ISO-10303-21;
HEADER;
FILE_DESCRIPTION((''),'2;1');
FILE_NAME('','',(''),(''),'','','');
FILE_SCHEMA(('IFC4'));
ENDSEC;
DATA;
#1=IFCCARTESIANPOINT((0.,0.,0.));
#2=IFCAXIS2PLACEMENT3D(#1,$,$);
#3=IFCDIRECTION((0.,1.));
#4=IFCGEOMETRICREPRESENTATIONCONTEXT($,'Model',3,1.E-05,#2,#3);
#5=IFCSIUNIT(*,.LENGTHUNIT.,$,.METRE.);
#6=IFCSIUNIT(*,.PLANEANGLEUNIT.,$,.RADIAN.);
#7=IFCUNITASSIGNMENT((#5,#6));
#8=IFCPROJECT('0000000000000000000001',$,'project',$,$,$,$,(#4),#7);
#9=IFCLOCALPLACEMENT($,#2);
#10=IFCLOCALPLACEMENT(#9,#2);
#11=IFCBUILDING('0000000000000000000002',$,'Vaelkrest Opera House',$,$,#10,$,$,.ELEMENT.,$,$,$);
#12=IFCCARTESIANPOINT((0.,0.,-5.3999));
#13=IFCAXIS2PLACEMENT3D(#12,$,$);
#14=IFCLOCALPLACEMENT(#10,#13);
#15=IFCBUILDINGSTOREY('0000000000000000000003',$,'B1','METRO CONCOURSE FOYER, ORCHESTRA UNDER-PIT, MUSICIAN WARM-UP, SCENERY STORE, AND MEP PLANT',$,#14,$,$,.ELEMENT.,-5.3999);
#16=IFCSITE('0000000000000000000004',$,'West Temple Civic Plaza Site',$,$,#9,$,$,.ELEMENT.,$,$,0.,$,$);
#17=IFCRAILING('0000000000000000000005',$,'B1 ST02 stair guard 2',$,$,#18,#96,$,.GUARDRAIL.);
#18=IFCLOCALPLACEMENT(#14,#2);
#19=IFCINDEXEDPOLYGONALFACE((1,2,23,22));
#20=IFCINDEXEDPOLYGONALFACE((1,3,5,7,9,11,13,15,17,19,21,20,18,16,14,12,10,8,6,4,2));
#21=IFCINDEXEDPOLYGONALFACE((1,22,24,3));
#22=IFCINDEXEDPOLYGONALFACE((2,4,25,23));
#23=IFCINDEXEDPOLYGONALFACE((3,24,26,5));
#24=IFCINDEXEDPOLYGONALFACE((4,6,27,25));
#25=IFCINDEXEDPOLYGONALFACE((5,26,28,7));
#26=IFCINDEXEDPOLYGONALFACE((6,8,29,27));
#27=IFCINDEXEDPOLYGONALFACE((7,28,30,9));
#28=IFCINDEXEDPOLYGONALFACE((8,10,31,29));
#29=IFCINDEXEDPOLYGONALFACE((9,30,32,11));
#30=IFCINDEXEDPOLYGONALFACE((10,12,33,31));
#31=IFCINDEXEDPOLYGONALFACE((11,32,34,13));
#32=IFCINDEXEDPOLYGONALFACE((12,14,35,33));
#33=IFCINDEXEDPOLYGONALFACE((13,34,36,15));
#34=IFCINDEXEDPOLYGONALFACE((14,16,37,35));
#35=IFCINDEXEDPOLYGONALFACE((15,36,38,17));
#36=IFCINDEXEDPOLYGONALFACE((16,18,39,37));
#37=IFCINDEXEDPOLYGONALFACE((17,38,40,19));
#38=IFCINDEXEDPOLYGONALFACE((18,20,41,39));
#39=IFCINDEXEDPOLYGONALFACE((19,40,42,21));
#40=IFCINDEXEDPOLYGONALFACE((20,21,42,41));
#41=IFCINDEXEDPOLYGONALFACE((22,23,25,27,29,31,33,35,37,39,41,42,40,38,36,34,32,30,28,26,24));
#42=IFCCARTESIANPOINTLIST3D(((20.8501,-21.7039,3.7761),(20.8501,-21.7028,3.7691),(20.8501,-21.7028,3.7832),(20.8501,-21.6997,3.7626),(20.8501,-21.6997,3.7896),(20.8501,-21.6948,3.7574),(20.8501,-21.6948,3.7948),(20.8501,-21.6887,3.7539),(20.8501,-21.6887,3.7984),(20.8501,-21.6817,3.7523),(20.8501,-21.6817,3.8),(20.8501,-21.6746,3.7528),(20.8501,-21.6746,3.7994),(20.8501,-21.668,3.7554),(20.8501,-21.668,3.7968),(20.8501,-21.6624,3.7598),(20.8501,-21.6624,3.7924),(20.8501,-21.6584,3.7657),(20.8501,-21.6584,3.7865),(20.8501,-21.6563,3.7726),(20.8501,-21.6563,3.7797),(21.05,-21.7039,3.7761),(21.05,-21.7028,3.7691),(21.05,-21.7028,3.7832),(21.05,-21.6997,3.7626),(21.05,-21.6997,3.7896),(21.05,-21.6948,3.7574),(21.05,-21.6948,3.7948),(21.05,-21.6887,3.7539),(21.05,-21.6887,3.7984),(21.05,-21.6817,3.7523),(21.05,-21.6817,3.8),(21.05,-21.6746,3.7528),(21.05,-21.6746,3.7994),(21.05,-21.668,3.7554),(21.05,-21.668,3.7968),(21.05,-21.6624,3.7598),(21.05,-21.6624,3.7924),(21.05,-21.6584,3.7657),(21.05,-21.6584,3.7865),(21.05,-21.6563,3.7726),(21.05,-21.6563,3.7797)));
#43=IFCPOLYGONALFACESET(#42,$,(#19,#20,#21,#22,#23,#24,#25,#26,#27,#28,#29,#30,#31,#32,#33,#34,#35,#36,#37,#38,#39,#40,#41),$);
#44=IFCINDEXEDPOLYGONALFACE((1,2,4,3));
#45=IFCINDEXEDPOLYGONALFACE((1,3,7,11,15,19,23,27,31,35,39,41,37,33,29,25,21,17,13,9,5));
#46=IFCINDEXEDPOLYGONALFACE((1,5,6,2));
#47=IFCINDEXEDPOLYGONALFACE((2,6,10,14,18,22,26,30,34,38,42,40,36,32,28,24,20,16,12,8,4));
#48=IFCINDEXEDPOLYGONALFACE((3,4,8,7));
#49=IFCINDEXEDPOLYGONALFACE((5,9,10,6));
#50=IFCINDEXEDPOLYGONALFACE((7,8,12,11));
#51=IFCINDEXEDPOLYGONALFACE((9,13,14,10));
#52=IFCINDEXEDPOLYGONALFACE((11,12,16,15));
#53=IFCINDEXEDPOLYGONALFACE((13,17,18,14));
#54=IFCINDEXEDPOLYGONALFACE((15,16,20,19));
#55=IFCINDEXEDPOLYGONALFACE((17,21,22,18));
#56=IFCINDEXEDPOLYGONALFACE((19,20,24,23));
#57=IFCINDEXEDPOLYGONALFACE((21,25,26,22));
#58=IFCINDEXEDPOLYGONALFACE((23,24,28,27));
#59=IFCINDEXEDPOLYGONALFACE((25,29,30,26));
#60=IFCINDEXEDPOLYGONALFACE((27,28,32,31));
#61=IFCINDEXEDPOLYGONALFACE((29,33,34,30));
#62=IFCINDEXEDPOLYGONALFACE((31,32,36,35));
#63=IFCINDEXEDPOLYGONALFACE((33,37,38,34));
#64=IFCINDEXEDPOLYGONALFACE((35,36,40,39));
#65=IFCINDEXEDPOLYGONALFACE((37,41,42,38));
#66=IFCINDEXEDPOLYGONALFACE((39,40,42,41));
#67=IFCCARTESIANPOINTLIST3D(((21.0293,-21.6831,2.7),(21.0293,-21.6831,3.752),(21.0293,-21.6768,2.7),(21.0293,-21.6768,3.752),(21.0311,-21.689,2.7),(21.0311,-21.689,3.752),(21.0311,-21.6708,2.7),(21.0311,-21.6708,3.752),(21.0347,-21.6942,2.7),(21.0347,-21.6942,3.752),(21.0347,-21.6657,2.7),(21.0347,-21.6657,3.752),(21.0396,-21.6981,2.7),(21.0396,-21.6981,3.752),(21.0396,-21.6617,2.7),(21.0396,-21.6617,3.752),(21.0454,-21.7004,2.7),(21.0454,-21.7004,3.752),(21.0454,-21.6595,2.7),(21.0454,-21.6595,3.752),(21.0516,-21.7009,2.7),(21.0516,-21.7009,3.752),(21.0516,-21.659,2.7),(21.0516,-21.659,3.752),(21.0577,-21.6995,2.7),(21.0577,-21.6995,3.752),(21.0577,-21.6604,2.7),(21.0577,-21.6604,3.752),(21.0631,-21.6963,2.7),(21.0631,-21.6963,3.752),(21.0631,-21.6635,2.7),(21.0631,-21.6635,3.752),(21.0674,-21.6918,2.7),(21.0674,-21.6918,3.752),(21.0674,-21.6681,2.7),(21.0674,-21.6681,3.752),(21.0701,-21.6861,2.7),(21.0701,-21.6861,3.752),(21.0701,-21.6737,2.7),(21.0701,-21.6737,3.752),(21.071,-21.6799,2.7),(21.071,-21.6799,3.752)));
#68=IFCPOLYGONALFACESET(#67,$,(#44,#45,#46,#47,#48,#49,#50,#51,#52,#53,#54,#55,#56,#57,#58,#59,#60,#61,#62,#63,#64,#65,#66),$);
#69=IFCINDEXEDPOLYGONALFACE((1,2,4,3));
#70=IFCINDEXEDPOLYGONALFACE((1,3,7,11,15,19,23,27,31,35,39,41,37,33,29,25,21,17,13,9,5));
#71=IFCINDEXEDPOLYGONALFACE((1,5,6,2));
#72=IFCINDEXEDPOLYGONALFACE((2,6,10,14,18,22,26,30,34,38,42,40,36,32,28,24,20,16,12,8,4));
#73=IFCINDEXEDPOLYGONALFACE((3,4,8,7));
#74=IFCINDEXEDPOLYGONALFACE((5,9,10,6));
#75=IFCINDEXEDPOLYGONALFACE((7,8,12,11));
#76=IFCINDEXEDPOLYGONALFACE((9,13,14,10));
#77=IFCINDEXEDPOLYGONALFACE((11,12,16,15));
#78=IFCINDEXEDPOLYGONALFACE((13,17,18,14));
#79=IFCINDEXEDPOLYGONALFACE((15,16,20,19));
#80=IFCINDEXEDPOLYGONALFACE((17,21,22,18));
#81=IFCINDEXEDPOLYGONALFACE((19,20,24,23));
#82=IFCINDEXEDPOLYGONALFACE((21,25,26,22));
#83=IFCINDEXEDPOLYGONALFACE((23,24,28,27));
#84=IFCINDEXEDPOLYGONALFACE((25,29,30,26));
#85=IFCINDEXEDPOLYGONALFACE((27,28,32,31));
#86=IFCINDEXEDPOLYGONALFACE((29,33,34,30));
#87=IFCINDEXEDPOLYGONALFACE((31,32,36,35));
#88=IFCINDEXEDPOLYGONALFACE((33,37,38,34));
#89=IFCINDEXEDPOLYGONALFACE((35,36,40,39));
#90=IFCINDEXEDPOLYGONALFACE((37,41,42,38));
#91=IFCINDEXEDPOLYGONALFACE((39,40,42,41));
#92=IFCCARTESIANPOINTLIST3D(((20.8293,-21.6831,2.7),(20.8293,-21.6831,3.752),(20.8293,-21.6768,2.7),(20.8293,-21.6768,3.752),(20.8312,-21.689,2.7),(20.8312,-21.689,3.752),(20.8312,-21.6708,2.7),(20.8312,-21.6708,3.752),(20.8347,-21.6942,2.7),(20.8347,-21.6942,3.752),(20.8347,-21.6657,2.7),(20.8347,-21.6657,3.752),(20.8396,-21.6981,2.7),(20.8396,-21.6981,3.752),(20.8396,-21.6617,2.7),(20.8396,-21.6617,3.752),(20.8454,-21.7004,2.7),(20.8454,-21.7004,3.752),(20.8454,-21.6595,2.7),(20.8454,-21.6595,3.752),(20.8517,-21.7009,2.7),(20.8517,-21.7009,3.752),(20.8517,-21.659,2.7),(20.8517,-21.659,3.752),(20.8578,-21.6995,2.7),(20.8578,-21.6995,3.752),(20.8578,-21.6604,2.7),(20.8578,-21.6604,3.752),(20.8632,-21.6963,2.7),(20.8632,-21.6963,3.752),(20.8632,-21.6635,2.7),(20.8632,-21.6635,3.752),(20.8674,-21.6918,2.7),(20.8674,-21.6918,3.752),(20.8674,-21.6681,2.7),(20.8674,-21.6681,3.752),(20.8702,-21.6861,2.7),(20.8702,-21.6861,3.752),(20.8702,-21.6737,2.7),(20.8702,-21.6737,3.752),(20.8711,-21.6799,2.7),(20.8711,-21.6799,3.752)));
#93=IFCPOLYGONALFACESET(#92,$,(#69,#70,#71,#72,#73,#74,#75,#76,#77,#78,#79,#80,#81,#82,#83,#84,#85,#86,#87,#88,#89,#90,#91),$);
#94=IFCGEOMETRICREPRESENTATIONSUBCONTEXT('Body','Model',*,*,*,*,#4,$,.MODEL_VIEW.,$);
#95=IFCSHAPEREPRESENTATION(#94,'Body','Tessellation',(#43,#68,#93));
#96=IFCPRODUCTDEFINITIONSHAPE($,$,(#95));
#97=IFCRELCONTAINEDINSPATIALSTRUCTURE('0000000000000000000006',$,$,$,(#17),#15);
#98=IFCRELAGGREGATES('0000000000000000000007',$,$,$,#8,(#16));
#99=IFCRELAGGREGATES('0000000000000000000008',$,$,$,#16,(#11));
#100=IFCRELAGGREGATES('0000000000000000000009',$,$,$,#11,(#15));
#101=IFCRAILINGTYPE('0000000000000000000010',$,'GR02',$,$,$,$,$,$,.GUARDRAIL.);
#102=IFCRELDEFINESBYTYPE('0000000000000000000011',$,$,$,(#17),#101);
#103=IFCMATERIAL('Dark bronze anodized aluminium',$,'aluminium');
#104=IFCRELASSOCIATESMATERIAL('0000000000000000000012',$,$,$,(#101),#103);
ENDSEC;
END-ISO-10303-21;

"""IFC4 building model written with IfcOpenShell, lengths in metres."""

from ifc_helpers import new_model, si_unit, direction, frame, origin, origin_2d, place, context, subcontext, project, spatial, circle, extrude, material, type_object, element, save


model = new_model("IFC4")

# Units and contexts
model_context = context("Model", 3, precision=1e-05, world=origin(), true_north=direction((0.0, 1.0)))
body_context = subcontext(model_context, "Body", "Model", "MODEL_VIEW")
ifc_project = project(units=[si_unit("LENGTHUNIT", "METRE"), si_unit("PLANEANGLEUNIT", "RADIAN")], contexts=[model_context])

# Site, building, storey
site_placement = place(None, origin())
site = spatial("IfcSite", under=ifc_project, at=site_placement, Name="West Temple Civic Plaza Site", CompositionType="ELEMENT", RefElevation=0.0)
building_placement = place(site_placement, origin())
building = spatial("IfcBuilding", under=site, at=building_placement, Name="Vaelkrest Opera House", CompositionType="ELEMENT")
storey_placement = place(building_placement, frame((0.0, 0.0, -5.3999)))
storey = spatial("IfcBuildingStorey", under=building, at=storey_placement, Name="B1", Description="METRO CONCOURSE FOYER, ORCHESTRA UNDER-PIT, MUSICIAN WARM-UP, SCENERY STORE, AND MEP PLANT", CompositionType="ELEMENT", Elevation=-5.3999)

# Railing
ifc_material_1 = material(Name="Dark bronze anodized aluminium", Category="aluminium")
railing_type_1 = type_object("IfcRailingType", Name="GR02", PredefinedType="GUARDRAIL", material=ifc_material_1)
railing_1_placement = place(storey_placement, frame((21.05, -21.6799, 2.7)))
element("IfcRailing", 1, at=railing_1_placement, inside=storey, type_object=railing_type_1, Name="B1 ST02 stair guard 2", PredefinedType="GUARDRAIL", context=body_context, shape_type="SweptSolid", body=[
    extrude(circle(Radius=0.0239, at=origin_2d()), frame((0.0, 0.0, 1.0762), z_axis=(-1.0, 0.0, 0.0), x_axis=(0.0, -1.0, 0.0)), (0.0, 0.0, 1.0), 0.2),
    extrude(circle(Radius=0.021, at=origin_2d()), origin(), (0.0, 0.0, 1.0), 1.052),
    extrude(circle(Radius=0.021, at=origin_2d()), frame((-0.2, 0.0, 0.0)), (0.0, 0.0, 1.0), 1.052),
])

save(model, "model.ifc")
